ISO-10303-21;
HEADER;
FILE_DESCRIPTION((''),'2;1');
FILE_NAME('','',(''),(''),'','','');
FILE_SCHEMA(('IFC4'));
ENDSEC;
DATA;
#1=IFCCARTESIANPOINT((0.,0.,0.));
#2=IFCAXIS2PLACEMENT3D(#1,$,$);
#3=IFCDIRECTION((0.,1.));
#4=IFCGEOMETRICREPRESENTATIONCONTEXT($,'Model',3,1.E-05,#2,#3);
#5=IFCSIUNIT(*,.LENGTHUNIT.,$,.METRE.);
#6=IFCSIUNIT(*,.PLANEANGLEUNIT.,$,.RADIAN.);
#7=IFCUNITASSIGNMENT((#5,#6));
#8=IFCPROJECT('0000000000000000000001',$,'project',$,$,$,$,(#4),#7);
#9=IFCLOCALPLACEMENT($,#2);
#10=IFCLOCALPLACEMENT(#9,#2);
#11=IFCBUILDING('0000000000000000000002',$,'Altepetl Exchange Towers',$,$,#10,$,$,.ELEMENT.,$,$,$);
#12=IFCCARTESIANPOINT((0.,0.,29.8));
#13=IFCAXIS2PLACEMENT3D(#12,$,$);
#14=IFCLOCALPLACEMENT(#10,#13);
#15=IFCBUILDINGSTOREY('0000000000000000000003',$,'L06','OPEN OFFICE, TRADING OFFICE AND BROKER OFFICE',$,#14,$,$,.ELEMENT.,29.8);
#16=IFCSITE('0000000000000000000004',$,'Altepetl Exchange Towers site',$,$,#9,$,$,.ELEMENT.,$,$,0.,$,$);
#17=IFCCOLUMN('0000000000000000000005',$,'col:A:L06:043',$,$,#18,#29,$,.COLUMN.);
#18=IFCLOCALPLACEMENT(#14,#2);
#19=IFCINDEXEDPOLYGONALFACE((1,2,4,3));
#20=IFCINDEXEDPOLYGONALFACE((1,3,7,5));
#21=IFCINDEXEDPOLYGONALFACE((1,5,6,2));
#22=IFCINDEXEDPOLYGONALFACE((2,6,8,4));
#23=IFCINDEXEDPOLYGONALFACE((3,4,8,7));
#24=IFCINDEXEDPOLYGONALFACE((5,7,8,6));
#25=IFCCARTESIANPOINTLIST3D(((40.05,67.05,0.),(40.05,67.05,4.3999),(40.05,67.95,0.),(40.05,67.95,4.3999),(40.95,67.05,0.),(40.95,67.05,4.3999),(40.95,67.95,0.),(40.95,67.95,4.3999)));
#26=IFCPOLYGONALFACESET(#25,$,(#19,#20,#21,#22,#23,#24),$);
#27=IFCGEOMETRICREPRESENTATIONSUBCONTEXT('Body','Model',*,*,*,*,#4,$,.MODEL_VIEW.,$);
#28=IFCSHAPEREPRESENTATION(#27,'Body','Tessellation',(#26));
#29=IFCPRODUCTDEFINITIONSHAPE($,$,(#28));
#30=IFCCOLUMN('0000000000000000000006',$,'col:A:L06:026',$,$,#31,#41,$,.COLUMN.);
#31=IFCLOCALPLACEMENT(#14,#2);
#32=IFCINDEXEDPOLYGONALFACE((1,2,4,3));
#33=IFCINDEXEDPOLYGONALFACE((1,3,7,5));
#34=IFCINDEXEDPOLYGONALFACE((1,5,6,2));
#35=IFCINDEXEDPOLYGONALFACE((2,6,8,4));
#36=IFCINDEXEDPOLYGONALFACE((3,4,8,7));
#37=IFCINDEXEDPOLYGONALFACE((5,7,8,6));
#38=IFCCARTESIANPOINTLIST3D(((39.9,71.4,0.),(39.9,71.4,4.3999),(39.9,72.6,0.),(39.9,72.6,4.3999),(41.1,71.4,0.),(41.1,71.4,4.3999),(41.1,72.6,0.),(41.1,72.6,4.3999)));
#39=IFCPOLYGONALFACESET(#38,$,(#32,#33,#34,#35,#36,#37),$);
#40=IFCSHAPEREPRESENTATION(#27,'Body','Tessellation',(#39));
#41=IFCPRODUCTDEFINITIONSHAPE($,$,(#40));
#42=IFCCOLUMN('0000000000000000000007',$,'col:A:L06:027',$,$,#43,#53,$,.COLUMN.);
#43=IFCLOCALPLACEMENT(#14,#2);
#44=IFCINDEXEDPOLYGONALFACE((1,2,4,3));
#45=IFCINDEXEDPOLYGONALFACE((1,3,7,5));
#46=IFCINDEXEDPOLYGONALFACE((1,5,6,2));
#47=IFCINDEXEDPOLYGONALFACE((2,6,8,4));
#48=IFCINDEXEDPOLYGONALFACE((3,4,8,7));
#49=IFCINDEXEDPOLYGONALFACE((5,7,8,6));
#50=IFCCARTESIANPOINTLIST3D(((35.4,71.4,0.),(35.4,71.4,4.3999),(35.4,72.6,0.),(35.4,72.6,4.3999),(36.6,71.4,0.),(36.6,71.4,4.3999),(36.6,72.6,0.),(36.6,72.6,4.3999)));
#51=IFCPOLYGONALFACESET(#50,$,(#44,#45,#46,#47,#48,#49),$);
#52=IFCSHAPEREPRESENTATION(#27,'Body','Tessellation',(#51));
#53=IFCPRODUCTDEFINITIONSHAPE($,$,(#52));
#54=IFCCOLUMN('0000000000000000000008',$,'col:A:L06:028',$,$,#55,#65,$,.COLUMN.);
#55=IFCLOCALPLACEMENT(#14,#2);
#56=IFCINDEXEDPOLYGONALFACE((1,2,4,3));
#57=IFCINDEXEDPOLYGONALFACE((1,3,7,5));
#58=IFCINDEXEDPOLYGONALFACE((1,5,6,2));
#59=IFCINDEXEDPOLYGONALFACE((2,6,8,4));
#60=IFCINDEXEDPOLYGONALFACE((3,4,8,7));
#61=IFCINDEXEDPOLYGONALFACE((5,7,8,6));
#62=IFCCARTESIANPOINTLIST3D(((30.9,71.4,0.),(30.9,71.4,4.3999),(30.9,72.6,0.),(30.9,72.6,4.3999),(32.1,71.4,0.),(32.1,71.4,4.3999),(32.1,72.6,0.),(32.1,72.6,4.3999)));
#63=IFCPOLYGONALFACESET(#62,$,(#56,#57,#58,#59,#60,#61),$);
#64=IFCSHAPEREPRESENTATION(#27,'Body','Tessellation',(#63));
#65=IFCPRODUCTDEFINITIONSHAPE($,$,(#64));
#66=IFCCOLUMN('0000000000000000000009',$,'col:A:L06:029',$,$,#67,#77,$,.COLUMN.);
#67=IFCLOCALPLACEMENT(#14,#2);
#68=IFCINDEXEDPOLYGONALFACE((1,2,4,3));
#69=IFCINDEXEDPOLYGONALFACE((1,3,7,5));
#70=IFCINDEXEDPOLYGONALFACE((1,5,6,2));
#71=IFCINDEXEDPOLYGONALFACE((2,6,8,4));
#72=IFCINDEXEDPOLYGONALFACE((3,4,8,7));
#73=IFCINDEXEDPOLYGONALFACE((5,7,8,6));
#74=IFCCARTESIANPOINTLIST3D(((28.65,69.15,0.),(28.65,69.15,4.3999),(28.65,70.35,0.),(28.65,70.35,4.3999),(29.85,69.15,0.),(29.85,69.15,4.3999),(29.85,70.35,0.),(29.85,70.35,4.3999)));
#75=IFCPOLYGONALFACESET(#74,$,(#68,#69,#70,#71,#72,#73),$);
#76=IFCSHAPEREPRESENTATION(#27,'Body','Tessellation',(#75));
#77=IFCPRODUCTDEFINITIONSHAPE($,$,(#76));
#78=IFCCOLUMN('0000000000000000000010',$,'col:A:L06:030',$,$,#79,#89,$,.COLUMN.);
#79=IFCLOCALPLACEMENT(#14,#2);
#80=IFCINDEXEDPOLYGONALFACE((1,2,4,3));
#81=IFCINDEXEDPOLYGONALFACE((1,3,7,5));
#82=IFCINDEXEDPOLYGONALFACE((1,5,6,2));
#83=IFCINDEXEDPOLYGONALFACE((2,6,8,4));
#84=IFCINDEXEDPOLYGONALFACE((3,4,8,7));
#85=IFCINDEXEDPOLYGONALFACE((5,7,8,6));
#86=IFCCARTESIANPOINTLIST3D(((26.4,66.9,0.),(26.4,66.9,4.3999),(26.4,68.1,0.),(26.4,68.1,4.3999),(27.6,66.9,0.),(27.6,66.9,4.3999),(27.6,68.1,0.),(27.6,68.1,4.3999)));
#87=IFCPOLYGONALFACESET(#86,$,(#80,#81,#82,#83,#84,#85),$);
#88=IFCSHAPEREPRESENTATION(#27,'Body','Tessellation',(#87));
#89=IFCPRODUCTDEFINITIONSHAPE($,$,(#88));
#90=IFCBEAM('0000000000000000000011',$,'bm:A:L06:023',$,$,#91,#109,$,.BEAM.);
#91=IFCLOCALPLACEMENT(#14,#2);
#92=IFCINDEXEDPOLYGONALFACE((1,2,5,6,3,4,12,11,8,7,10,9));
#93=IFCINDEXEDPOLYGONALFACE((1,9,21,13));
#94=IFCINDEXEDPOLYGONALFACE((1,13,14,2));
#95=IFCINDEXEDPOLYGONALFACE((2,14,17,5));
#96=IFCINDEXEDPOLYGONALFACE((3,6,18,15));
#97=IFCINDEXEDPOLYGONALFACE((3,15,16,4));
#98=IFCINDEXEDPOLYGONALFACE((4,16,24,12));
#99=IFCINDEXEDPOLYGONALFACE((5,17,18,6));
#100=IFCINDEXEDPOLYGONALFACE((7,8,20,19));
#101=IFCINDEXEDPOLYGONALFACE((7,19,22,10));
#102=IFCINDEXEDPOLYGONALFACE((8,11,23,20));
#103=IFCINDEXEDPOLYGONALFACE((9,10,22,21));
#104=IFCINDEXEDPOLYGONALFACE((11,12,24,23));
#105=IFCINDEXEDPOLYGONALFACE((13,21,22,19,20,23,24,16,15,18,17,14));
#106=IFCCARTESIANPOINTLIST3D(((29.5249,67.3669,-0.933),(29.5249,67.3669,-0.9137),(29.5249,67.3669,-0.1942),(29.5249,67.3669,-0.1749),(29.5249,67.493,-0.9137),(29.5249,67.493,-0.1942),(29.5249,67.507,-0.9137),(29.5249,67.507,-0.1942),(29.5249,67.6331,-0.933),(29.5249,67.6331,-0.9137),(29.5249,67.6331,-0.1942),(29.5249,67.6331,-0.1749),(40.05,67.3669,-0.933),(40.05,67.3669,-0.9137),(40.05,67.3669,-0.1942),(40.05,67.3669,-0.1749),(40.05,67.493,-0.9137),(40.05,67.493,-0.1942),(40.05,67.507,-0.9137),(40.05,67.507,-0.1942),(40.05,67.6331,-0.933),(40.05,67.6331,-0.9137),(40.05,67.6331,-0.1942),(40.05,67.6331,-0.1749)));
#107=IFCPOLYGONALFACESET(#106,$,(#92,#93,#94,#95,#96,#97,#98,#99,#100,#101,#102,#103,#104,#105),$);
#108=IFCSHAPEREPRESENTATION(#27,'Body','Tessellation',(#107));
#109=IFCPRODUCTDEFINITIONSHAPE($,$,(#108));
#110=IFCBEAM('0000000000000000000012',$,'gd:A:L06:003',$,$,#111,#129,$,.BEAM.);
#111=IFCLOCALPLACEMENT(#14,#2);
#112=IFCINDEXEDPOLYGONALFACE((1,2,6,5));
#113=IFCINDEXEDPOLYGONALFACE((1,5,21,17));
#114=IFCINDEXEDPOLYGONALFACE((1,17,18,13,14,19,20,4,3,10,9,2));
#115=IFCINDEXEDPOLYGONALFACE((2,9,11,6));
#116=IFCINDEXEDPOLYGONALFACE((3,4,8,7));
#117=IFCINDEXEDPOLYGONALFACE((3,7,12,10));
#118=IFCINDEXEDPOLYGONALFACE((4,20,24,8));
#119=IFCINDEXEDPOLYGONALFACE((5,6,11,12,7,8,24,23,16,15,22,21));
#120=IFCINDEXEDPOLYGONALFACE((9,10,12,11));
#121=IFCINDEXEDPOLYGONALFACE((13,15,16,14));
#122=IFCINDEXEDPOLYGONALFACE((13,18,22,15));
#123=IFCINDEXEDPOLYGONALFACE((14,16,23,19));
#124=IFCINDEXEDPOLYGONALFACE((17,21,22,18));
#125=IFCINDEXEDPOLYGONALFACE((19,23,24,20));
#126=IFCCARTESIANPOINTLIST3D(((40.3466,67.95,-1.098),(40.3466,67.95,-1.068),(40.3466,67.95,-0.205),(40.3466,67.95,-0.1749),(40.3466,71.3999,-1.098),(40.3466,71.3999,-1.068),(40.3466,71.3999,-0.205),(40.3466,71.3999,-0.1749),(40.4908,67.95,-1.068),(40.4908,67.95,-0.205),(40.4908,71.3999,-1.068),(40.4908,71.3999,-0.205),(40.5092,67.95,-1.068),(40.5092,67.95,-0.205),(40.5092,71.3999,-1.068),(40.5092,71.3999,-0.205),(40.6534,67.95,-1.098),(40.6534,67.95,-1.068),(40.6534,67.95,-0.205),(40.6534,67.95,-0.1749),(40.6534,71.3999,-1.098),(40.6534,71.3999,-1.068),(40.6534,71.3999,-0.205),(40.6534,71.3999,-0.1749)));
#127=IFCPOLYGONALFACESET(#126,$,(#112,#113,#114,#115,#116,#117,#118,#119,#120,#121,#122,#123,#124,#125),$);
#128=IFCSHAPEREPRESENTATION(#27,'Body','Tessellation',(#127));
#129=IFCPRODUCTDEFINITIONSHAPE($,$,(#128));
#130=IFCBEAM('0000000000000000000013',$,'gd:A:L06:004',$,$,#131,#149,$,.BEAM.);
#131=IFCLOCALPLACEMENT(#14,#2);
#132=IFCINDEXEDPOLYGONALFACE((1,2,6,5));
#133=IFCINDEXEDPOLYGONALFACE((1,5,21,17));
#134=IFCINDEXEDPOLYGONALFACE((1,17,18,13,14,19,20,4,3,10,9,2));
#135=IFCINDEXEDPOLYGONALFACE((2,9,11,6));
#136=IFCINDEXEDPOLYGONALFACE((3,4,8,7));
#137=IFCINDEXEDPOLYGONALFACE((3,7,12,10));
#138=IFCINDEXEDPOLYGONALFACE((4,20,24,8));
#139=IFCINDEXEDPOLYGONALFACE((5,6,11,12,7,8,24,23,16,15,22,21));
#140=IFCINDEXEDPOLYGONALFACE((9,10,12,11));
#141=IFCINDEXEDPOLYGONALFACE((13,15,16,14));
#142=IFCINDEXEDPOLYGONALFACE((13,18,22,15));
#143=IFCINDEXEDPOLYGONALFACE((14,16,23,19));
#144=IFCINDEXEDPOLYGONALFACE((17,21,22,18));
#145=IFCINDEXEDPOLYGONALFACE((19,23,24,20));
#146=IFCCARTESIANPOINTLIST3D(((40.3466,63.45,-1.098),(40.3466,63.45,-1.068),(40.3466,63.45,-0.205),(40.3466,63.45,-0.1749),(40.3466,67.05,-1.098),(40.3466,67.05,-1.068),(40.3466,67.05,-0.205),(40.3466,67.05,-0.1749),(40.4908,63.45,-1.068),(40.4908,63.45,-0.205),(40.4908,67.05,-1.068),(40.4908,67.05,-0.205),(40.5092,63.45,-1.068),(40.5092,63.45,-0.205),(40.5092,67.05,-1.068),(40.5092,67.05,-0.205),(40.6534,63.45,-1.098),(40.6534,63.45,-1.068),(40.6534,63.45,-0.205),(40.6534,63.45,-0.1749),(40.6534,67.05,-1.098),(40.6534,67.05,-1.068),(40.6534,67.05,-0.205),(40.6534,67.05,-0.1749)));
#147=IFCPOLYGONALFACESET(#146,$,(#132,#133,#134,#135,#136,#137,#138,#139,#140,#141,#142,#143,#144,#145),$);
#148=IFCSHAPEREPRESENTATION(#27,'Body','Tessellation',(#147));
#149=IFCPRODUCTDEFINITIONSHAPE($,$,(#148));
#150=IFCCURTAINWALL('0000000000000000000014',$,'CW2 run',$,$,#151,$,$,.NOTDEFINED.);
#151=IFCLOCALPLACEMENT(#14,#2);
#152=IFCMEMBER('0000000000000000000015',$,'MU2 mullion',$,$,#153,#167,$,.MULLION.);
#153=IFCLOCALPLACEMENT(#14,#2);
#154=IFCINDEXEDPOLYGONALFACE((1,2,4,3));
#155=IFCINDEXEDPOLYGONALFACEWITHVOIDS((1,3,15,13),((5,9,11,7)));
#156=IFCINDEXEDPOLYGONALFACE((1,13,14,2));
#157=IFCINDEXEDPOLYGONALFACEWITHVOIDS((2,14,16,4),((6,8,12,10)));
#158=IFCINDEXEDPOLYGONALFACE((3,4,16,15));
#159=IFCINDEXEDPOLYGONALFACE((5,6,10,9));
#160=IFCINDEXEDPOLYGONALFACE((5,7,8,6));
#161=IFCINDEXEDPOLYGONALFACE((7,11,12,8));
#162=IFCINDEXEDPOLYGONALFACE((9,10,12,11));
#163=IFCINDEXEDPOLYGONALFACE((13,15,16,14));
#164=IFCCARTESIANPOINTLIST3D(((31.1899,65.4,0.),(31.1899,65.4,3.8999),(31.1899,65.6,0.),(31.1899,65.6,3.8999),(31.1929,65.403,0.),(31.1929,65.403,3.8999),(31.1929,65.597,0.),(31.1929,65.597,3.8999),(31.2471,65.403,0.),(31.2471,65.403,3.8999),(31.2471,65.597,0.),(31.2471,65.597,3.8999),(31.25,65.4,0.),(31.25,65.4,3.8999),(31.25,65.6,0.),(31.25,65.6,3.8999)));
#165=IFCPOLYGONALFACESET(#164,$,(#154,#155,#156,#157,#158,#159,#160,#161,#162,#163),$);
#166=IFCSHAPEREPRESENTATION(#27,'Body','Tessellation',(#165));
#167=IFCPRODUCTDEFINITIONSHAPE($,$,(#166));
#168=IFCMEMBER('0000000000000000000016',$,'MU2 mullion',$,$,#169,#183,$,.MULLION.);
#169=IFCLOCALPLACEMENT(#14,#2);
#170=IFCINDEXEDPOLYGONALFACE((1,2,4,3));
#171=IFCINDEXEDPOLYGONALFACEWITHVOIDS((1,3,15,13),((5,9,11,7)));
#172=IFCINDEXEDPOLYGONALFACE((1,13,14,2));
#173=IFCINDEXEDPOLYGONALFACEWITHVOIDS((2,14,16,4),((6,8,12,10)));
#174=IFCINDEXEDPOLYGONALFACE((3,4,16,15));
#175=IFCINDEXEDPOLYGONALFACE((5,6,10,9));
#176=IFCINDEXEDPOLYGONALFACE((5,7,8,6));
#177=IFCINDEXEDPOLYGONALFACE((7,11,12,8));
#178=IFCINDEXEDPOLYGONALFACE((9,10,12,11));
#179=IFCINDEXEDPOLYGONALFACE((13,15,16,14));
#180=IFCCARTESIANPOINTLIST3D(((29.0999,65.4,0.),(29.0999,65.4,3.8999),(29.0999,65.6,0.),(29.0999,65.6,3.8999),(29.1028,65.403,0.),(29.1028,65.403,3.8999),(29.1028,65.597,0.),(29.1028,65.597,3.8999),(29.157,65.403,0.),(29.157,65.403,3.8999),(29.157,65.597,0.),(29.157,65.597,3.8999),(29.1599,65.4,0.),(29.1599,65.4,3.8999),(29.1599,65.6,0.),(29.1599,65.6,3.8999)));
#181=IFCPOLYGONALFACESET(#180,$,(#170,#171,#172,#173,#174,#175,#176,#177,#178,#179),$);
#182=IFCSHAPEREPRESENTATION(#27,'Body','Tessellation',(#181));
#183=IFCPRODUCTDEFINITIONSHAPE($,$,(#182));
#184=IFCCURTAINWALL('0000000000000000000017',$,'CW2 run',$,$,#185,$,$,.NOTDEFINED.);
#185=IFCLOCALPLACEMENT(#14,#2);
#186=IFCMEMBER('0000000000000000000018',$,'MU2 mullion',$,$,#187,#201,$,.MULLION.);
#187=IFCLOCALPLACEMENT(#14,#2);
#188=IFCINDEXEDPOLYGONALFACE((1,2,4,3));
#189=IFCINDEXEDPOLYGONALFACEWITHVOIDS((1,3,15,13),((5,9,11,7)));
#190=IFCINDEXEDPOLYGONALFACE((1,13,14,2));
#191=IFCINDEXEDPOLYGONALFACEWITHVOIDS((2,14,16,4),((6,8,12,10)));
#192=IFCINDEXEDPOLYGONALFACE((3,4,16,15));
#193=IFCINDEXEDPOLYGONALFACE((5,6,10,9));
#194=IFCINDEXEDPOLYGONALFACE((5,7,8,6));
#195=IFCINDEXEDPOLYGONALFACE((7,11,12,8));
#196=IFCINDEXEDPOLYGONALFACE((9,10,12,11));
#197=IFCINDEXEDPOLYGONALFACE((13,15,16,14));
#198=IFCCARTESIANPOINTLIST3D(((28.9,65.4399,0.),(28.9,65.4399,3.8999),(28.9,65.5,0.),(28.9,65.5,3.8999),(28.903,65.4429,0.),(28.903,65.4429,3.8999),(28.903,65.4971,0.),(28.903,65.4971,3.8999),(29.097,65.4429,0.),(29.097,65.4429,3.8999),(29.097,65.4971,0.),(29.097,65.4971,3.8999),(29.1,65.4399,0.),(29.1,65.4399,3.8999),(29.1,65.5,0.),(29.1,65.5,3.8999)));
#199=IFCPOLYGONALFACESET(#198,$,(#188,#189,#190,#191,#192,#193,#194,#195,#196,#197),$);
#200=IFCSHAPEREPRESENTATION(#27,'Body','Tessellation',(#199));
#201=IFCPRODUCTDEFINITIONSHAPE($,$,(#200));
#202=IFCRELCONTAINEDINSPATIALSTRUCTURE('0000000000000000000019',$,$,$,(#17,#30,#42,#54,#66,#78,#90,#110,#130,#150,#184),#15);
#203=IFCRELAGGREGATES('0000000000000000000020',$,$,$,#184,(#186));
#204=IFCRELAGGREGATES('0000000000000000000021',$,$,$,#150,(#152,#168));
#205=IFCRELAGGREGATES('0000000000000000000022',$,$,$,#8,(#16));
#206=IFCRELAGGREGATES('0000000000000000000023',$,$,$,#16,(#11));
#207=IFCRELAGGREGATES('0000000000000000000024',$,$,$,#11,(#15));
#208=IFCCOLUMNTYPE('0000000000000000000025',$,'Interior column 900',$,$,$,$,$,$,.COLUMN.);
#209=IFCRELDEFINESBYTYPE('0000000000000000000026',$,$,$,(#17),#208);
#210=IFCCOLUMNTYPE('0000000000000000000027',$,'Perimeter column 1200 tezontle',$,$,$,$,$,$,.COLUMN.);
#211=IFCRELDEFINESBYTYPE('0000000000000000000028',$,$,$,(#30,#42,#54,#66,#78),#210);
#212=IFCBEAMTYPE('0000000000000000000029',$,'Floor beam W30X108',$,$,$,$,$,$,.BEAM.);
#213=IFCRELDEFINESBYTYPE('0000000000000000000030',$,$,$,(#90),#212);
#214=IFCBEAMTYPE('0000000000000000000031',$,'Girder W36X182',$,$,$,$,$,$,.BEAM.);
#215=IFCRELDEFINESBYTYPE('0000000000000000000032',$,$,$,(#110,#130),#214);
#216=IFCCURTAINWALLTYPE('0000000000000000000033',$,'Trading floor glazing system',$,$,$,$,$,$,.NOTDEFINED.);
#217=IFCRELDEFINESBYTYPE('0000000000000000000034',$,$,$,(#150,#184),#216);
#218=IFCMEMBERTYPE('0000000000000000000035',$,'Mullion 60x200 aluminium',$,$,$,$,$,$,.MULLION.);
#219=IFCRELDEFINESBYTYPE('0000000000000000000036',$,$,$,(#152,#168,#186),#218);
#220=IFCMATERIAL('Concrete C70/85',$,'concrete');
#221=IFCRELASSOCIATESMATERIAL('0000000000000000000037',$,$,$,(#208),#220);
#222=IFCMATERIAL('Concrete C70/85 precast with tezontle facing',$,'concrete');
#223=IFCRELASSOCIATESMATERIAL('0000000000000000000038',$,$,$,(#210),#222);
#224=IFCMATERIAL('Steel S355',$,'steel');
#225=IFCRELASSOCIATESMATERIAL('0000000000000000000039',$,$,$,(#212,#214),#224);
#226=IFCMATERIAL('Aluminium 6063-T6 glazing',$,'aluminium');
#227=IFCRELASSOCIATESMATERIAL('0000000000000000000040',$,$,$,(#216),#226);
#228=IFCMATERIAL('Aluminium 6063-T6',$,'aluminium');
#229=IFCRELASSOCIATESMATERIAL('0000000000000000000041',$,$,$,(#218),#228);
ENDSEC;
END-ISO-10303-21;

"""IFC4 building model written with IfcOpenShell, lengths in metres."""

from ifc_helpers import new_model, si_unit, direction, frame, origin, origin_2d, place, context, subcontext, project, spatial, rectangle, hollow_rectangle, i_section, extrude, material, material_profile, profile_set, type_object, element, aggregate, save


model = new_model("IFC4")

# Units and contexts
model_context = context("Model", 3, precision=1e-05, world=origin(), true_north=direction((0.0, 1.0)))
body_context = subcontext(model_context, "Body", "Model", "MODEL_VIEW")
ifc_project = project(units=[si_unit("LENGTHUNIT", "METRE"), si_unit("PLANEANGLEUNIT", "RADIAN")], contexts=[model_context])

# Site, building, storey
site_placement = place(None, origin())
site = spatial("IfcSite", under=ifc_project, at=site_placement, Name="Altepetl Exchange Towers site", CompositionType="ELEMENT", RefElevation=0.0)
building_placement = place(site_placement, origin())
building = spatial("IfcBuilding", under=site, at=building_placement, Name="Altepetl Exchange Towers", CompositionType="ELEMENT")
storey_placement = place(building_placement, frame((0.0, 0.0, 29.8)))
storey = spatial("IfcBuildingStorey", under=building, at=storey_placement, Name="L06", Description="OPEN OFFICE, TRADING OFFICE AND BROKER OFFICE", CompositionType="ELEMENT", Elevation=29.8)

# Columns
ifc_material_1 = material(Name="Concrete C70/85", Category="concrete")
ifc_material_profile_1 = material_profile(ifc_material_1, rectangle(XDim=0.8999, YDim=0.8999, at=origin_2d()), Name="900 x 900")
ifc_profile_set_1 = profile_set([ifc_material_profile_1], Name="Concrete C70/85")
column_type_1 = type_object("IfcColumnType", Name="Interior column 900", PredefinedType="COLUMN", material=ifc_profile_set_1)
column_placement = place(storey_placement, frame((40.5, 67.5, 0.0)))
element("IfcColumn", 1, at=column_placement, inside=storey, type_object=column_type_1, Name="col:A:L06:043", PredefinedType="COLUMN", context=body_context, shape_type="SweptSolid", body=[
    extrude(rectangle(XDim=0.8999, YDim=0.8999, at=origin_2d()), origin(), (0.0, 0.0, 1.0), 4.3999),
])
ifc_material_2 = material(Name="Concrete C70/85 precast with tezontle facing", Category="concrete")
ifc_material_profile_2 = material_profile(ifc_material_2, rectangle(XDim=1.2, YDim=1.2, at=origin_2d()), Name="1200 x 1200")
ifc_profile_set_2 = profile_set([ifc_material_profile_2], Name="Concrete C70/85 precast with tezontle facing")
column_type_2 = type_object("IfcColumnType", Name="Perimeter column 1200 tezontle", PredefinedType="COLUMN", material=ifc_profile_set_2)
for number, where, name in (
    (2, (40.5, 72.0, 0.0), "col:A:L06:026"),
    (3, (36.0, 72.0, 0.0), "col:A:L06:027"),
    (4, (31.5, 72.0, 0.0), "col:A:L06:028"),
    (5, (29.25, 69.75, 0.0), "col:A:L06:029"),
    (6, (27.0, 67.5, 0.0), "col:A:L06:030"),
):
    element("IfcColumn", number, at=place(storey_placement, frame(where)), inside=storey, type_object=column_type_2, Name=name, PredefinedType="COLUMN", context=body_context, shape_type="SweptSolid", body=[
        extrude(rectangle(XDim=1.2, YDim=1.2, at=origin_2d()), origin(), (0.0, 0.0, 1.0), 4.3999),
    ])

# Beams
ifc_material_3 = material(Name="Steel S355", Category="steel")
ifc_material_profile_3 = material_profile(ifc_material_3, i_section(OverallWidth=0.2661, OverallDepth=0.7581, WebThickness=0.0139, FlangeThickness=0.0193, at=origin_2d()), Name="W30X108")
ifc_profile_set_3 = profile_set([ifc_material_profile_3], Name="Steel S355")
beam_type_1 = type_object("IfcBeamType", Name="Floor beam W30X108", PredefinedType="BEAM", material=ifc_profile_set_3)
beam_1_placement = place(storey_placement, frame((29.5249, 67.5, -0.554), z_axis=(1.0, 0.0, 0.0), x_axis=(0.0, 1.0, 0.0)))
element("IfcBeam", 7, at=beam_1_placement, inside=storey, type_object=beam_type_1, Name="bm:A:L06:023", PredefinedType="BEAM", context=body_context, shape_type="SweptSolid", body=[
    extrude(i_section(OverallWidth=0.2661, OverallDepth=0.7581, WebThickness=0.0139, FlangeThickness=0.0193, at=origin_2d()), origin(), (0.0, 0.0, 1.0), 10.5251),
])
ifc_material_profile_4 = material_profile(ifc_material_3, i_section(OverallWidth=0.3069, OverallDepth=0.9231, WebThickness=0.0183, FlangeThickness=0.03, at=origin_2d()), Name="W36X182")
ifc_profile_set_4 = profile_set([ifc_material_profile_4], Name="Steel S355")
beam_type_2 = type_object("IfcBeamType", Name="Girder W36X182", PredefinedType="BEAM", material=ifc_profile_set_4)
beam_2_placement = place(storey_placement, frame((40.5, 71.3999, -0.6365), z_axis=(0.0, -1.0, 0.0), x_axis=(1.0, 0.0, 0.0)))
element("IfcBeam", 8, at=beam_2_placement, inside=storey, type_object=beam_type_2, Name="gd:A:L06:003", PredefinedType="BEAM", context=body_context, shape_type="SweptSolid", body=[
    extrude(i_section(OverallWidth=0.3069, OverallDepth=0.9231, WebThickness=0.0183, FlangeThickness=0.03, at=origin_2d()), origin(), (0.0, 0.0, 1.0), 3.45),
])
beam_3_placement = place(storey_placement, frame((40.5, 67.05, -0.6365), z_axis=(0.0, -1.0, 0.0), x_axis=(1.0, 0.0, 0.0)))
element("IfcBeam", 9, at=beam_3_placement, inside=storey, type_object=beam_type_2, Name="gd:A:L06:004", PredefinedType="BEAM", context=body_context, shape_type="SweptSolid", body=[
    extrude(i_section(OverallWidth=0.3069, OverallDepth=0.9231, WebThickness=0.0183, FlangeThickness=0.03, at=origin_2d()), origin(), (0.0, 0.0, 1.0), 3.6001),
])

# Curtain wall, members
ifc_material_4 = material(Name="Aluminium 6063-T6 glazing", Category="aluminium")
curtain_wall_type = type_object("IfcCurtainWallType", Name="Trading floor glazing system", PredefinedType="NOTDEFINED", material=ifc_material_4)
curtain_wall_1_placement = place(storey_placement, origin())
curtain_wall_1 = element("IfcCurtainWall", 10, at=curtain_wall_1_placement, inside=storey, type_object=curtain_wall_type, Name="CW2 run", PredefinedType="NOTDEFINED")
ifc_material_5 = material(Name="Aluminium 6063-T6", Category="aluminium")
ifc_material_profile_5 = material_profile(ifc_material_5, hollow_rectangle(XDim=0.0601, YDim=0.2, WallThickness=0.0029, at=origin_2d()), Name="Mullion 60x200 aluminium")
ifc_profile_set_5 = profile_set([ifc_material_profile_5], Name="Aluminium 6063-T6")
member_type = type_object("IfcMemberType", Name="Mullion 60x200 aluminium", PredefinedType="MULLION", material=ifc_profile_set_5)
member_1_placement = place(storey_placement, frame((31.22, 65.5, 0.0), z_axis=(0.0, 0.0, 1.0), x_axis=(-1.0, 0.0, 0.0)))
member_1 = element("IfcMember", 11, at=member_1_placement, type_object=member_type, Name="MU2 mullion", PredefinedType="MULLION", context=body_context, shape_type="SweptSolid", body=[
    extrude(hollow_rectangle(XDim=0.0601, YDim=0.2, WallThickness=0.0029, at=origin_2d()), origin(), (0.0, 0.0, 1.0), 3.8999),
])
member_2_placement = place(storey_placement, frame((29.1299, 65.5, 0.0), z_axis=(0.0, 0.0, 1.0), x_axis=(-1.0, 0.0, 0.0)))
member_2 = element("IfcMember", 12, at=member_2_placement, type_object=member_type, Name="MU2 mullion", PredefinedType="MULLION", context=body_context, shape_type="SweptSolid", body=[
    extrude(hollow_rectangle(XDim=0.0601, YDim=0.2, WallThickness=0.0029, at=origin_2d()), origin(), (0.0, 0.0, 1.0), 3.8999),
])

# Curtain wall, member
curtain_wall_2_placement = place(storey_placement, origin())
curtain_wall_2 = element("IfcCurtainWall", 13, at=curtain_wall_2_placement, inside=storey, type_object=curtain_wall_type, Name="CW2 run", PredefinedType="NOTDEFINED")
member_3_placement = place(storey_placement, frame((29.0, 65.47, 0.0), z_axis=(0.0, 0.0, 1.0), x_axis=(0.0, -1.0, 0.0)))
member_3 = element("IfcMember", 14, at=member_3_placement, type_object=member_type, Name="MU2 mullion", PredefinedType="MULLION", context=body_context, shape_type="SweptSolid", body=[
    extrude(hollow_rectangle(XDim=0.0601, YDim=0.2, WallThickness=0.0029, at=origin_2d()), origin(), (0.0, 0.0, 1.0), 3.8999),
])
aggregate(curtain_wall_2, [member_3])

aggregate(curtain_wall_1, [member_1, member_2])

save(model, "model.ifc")
